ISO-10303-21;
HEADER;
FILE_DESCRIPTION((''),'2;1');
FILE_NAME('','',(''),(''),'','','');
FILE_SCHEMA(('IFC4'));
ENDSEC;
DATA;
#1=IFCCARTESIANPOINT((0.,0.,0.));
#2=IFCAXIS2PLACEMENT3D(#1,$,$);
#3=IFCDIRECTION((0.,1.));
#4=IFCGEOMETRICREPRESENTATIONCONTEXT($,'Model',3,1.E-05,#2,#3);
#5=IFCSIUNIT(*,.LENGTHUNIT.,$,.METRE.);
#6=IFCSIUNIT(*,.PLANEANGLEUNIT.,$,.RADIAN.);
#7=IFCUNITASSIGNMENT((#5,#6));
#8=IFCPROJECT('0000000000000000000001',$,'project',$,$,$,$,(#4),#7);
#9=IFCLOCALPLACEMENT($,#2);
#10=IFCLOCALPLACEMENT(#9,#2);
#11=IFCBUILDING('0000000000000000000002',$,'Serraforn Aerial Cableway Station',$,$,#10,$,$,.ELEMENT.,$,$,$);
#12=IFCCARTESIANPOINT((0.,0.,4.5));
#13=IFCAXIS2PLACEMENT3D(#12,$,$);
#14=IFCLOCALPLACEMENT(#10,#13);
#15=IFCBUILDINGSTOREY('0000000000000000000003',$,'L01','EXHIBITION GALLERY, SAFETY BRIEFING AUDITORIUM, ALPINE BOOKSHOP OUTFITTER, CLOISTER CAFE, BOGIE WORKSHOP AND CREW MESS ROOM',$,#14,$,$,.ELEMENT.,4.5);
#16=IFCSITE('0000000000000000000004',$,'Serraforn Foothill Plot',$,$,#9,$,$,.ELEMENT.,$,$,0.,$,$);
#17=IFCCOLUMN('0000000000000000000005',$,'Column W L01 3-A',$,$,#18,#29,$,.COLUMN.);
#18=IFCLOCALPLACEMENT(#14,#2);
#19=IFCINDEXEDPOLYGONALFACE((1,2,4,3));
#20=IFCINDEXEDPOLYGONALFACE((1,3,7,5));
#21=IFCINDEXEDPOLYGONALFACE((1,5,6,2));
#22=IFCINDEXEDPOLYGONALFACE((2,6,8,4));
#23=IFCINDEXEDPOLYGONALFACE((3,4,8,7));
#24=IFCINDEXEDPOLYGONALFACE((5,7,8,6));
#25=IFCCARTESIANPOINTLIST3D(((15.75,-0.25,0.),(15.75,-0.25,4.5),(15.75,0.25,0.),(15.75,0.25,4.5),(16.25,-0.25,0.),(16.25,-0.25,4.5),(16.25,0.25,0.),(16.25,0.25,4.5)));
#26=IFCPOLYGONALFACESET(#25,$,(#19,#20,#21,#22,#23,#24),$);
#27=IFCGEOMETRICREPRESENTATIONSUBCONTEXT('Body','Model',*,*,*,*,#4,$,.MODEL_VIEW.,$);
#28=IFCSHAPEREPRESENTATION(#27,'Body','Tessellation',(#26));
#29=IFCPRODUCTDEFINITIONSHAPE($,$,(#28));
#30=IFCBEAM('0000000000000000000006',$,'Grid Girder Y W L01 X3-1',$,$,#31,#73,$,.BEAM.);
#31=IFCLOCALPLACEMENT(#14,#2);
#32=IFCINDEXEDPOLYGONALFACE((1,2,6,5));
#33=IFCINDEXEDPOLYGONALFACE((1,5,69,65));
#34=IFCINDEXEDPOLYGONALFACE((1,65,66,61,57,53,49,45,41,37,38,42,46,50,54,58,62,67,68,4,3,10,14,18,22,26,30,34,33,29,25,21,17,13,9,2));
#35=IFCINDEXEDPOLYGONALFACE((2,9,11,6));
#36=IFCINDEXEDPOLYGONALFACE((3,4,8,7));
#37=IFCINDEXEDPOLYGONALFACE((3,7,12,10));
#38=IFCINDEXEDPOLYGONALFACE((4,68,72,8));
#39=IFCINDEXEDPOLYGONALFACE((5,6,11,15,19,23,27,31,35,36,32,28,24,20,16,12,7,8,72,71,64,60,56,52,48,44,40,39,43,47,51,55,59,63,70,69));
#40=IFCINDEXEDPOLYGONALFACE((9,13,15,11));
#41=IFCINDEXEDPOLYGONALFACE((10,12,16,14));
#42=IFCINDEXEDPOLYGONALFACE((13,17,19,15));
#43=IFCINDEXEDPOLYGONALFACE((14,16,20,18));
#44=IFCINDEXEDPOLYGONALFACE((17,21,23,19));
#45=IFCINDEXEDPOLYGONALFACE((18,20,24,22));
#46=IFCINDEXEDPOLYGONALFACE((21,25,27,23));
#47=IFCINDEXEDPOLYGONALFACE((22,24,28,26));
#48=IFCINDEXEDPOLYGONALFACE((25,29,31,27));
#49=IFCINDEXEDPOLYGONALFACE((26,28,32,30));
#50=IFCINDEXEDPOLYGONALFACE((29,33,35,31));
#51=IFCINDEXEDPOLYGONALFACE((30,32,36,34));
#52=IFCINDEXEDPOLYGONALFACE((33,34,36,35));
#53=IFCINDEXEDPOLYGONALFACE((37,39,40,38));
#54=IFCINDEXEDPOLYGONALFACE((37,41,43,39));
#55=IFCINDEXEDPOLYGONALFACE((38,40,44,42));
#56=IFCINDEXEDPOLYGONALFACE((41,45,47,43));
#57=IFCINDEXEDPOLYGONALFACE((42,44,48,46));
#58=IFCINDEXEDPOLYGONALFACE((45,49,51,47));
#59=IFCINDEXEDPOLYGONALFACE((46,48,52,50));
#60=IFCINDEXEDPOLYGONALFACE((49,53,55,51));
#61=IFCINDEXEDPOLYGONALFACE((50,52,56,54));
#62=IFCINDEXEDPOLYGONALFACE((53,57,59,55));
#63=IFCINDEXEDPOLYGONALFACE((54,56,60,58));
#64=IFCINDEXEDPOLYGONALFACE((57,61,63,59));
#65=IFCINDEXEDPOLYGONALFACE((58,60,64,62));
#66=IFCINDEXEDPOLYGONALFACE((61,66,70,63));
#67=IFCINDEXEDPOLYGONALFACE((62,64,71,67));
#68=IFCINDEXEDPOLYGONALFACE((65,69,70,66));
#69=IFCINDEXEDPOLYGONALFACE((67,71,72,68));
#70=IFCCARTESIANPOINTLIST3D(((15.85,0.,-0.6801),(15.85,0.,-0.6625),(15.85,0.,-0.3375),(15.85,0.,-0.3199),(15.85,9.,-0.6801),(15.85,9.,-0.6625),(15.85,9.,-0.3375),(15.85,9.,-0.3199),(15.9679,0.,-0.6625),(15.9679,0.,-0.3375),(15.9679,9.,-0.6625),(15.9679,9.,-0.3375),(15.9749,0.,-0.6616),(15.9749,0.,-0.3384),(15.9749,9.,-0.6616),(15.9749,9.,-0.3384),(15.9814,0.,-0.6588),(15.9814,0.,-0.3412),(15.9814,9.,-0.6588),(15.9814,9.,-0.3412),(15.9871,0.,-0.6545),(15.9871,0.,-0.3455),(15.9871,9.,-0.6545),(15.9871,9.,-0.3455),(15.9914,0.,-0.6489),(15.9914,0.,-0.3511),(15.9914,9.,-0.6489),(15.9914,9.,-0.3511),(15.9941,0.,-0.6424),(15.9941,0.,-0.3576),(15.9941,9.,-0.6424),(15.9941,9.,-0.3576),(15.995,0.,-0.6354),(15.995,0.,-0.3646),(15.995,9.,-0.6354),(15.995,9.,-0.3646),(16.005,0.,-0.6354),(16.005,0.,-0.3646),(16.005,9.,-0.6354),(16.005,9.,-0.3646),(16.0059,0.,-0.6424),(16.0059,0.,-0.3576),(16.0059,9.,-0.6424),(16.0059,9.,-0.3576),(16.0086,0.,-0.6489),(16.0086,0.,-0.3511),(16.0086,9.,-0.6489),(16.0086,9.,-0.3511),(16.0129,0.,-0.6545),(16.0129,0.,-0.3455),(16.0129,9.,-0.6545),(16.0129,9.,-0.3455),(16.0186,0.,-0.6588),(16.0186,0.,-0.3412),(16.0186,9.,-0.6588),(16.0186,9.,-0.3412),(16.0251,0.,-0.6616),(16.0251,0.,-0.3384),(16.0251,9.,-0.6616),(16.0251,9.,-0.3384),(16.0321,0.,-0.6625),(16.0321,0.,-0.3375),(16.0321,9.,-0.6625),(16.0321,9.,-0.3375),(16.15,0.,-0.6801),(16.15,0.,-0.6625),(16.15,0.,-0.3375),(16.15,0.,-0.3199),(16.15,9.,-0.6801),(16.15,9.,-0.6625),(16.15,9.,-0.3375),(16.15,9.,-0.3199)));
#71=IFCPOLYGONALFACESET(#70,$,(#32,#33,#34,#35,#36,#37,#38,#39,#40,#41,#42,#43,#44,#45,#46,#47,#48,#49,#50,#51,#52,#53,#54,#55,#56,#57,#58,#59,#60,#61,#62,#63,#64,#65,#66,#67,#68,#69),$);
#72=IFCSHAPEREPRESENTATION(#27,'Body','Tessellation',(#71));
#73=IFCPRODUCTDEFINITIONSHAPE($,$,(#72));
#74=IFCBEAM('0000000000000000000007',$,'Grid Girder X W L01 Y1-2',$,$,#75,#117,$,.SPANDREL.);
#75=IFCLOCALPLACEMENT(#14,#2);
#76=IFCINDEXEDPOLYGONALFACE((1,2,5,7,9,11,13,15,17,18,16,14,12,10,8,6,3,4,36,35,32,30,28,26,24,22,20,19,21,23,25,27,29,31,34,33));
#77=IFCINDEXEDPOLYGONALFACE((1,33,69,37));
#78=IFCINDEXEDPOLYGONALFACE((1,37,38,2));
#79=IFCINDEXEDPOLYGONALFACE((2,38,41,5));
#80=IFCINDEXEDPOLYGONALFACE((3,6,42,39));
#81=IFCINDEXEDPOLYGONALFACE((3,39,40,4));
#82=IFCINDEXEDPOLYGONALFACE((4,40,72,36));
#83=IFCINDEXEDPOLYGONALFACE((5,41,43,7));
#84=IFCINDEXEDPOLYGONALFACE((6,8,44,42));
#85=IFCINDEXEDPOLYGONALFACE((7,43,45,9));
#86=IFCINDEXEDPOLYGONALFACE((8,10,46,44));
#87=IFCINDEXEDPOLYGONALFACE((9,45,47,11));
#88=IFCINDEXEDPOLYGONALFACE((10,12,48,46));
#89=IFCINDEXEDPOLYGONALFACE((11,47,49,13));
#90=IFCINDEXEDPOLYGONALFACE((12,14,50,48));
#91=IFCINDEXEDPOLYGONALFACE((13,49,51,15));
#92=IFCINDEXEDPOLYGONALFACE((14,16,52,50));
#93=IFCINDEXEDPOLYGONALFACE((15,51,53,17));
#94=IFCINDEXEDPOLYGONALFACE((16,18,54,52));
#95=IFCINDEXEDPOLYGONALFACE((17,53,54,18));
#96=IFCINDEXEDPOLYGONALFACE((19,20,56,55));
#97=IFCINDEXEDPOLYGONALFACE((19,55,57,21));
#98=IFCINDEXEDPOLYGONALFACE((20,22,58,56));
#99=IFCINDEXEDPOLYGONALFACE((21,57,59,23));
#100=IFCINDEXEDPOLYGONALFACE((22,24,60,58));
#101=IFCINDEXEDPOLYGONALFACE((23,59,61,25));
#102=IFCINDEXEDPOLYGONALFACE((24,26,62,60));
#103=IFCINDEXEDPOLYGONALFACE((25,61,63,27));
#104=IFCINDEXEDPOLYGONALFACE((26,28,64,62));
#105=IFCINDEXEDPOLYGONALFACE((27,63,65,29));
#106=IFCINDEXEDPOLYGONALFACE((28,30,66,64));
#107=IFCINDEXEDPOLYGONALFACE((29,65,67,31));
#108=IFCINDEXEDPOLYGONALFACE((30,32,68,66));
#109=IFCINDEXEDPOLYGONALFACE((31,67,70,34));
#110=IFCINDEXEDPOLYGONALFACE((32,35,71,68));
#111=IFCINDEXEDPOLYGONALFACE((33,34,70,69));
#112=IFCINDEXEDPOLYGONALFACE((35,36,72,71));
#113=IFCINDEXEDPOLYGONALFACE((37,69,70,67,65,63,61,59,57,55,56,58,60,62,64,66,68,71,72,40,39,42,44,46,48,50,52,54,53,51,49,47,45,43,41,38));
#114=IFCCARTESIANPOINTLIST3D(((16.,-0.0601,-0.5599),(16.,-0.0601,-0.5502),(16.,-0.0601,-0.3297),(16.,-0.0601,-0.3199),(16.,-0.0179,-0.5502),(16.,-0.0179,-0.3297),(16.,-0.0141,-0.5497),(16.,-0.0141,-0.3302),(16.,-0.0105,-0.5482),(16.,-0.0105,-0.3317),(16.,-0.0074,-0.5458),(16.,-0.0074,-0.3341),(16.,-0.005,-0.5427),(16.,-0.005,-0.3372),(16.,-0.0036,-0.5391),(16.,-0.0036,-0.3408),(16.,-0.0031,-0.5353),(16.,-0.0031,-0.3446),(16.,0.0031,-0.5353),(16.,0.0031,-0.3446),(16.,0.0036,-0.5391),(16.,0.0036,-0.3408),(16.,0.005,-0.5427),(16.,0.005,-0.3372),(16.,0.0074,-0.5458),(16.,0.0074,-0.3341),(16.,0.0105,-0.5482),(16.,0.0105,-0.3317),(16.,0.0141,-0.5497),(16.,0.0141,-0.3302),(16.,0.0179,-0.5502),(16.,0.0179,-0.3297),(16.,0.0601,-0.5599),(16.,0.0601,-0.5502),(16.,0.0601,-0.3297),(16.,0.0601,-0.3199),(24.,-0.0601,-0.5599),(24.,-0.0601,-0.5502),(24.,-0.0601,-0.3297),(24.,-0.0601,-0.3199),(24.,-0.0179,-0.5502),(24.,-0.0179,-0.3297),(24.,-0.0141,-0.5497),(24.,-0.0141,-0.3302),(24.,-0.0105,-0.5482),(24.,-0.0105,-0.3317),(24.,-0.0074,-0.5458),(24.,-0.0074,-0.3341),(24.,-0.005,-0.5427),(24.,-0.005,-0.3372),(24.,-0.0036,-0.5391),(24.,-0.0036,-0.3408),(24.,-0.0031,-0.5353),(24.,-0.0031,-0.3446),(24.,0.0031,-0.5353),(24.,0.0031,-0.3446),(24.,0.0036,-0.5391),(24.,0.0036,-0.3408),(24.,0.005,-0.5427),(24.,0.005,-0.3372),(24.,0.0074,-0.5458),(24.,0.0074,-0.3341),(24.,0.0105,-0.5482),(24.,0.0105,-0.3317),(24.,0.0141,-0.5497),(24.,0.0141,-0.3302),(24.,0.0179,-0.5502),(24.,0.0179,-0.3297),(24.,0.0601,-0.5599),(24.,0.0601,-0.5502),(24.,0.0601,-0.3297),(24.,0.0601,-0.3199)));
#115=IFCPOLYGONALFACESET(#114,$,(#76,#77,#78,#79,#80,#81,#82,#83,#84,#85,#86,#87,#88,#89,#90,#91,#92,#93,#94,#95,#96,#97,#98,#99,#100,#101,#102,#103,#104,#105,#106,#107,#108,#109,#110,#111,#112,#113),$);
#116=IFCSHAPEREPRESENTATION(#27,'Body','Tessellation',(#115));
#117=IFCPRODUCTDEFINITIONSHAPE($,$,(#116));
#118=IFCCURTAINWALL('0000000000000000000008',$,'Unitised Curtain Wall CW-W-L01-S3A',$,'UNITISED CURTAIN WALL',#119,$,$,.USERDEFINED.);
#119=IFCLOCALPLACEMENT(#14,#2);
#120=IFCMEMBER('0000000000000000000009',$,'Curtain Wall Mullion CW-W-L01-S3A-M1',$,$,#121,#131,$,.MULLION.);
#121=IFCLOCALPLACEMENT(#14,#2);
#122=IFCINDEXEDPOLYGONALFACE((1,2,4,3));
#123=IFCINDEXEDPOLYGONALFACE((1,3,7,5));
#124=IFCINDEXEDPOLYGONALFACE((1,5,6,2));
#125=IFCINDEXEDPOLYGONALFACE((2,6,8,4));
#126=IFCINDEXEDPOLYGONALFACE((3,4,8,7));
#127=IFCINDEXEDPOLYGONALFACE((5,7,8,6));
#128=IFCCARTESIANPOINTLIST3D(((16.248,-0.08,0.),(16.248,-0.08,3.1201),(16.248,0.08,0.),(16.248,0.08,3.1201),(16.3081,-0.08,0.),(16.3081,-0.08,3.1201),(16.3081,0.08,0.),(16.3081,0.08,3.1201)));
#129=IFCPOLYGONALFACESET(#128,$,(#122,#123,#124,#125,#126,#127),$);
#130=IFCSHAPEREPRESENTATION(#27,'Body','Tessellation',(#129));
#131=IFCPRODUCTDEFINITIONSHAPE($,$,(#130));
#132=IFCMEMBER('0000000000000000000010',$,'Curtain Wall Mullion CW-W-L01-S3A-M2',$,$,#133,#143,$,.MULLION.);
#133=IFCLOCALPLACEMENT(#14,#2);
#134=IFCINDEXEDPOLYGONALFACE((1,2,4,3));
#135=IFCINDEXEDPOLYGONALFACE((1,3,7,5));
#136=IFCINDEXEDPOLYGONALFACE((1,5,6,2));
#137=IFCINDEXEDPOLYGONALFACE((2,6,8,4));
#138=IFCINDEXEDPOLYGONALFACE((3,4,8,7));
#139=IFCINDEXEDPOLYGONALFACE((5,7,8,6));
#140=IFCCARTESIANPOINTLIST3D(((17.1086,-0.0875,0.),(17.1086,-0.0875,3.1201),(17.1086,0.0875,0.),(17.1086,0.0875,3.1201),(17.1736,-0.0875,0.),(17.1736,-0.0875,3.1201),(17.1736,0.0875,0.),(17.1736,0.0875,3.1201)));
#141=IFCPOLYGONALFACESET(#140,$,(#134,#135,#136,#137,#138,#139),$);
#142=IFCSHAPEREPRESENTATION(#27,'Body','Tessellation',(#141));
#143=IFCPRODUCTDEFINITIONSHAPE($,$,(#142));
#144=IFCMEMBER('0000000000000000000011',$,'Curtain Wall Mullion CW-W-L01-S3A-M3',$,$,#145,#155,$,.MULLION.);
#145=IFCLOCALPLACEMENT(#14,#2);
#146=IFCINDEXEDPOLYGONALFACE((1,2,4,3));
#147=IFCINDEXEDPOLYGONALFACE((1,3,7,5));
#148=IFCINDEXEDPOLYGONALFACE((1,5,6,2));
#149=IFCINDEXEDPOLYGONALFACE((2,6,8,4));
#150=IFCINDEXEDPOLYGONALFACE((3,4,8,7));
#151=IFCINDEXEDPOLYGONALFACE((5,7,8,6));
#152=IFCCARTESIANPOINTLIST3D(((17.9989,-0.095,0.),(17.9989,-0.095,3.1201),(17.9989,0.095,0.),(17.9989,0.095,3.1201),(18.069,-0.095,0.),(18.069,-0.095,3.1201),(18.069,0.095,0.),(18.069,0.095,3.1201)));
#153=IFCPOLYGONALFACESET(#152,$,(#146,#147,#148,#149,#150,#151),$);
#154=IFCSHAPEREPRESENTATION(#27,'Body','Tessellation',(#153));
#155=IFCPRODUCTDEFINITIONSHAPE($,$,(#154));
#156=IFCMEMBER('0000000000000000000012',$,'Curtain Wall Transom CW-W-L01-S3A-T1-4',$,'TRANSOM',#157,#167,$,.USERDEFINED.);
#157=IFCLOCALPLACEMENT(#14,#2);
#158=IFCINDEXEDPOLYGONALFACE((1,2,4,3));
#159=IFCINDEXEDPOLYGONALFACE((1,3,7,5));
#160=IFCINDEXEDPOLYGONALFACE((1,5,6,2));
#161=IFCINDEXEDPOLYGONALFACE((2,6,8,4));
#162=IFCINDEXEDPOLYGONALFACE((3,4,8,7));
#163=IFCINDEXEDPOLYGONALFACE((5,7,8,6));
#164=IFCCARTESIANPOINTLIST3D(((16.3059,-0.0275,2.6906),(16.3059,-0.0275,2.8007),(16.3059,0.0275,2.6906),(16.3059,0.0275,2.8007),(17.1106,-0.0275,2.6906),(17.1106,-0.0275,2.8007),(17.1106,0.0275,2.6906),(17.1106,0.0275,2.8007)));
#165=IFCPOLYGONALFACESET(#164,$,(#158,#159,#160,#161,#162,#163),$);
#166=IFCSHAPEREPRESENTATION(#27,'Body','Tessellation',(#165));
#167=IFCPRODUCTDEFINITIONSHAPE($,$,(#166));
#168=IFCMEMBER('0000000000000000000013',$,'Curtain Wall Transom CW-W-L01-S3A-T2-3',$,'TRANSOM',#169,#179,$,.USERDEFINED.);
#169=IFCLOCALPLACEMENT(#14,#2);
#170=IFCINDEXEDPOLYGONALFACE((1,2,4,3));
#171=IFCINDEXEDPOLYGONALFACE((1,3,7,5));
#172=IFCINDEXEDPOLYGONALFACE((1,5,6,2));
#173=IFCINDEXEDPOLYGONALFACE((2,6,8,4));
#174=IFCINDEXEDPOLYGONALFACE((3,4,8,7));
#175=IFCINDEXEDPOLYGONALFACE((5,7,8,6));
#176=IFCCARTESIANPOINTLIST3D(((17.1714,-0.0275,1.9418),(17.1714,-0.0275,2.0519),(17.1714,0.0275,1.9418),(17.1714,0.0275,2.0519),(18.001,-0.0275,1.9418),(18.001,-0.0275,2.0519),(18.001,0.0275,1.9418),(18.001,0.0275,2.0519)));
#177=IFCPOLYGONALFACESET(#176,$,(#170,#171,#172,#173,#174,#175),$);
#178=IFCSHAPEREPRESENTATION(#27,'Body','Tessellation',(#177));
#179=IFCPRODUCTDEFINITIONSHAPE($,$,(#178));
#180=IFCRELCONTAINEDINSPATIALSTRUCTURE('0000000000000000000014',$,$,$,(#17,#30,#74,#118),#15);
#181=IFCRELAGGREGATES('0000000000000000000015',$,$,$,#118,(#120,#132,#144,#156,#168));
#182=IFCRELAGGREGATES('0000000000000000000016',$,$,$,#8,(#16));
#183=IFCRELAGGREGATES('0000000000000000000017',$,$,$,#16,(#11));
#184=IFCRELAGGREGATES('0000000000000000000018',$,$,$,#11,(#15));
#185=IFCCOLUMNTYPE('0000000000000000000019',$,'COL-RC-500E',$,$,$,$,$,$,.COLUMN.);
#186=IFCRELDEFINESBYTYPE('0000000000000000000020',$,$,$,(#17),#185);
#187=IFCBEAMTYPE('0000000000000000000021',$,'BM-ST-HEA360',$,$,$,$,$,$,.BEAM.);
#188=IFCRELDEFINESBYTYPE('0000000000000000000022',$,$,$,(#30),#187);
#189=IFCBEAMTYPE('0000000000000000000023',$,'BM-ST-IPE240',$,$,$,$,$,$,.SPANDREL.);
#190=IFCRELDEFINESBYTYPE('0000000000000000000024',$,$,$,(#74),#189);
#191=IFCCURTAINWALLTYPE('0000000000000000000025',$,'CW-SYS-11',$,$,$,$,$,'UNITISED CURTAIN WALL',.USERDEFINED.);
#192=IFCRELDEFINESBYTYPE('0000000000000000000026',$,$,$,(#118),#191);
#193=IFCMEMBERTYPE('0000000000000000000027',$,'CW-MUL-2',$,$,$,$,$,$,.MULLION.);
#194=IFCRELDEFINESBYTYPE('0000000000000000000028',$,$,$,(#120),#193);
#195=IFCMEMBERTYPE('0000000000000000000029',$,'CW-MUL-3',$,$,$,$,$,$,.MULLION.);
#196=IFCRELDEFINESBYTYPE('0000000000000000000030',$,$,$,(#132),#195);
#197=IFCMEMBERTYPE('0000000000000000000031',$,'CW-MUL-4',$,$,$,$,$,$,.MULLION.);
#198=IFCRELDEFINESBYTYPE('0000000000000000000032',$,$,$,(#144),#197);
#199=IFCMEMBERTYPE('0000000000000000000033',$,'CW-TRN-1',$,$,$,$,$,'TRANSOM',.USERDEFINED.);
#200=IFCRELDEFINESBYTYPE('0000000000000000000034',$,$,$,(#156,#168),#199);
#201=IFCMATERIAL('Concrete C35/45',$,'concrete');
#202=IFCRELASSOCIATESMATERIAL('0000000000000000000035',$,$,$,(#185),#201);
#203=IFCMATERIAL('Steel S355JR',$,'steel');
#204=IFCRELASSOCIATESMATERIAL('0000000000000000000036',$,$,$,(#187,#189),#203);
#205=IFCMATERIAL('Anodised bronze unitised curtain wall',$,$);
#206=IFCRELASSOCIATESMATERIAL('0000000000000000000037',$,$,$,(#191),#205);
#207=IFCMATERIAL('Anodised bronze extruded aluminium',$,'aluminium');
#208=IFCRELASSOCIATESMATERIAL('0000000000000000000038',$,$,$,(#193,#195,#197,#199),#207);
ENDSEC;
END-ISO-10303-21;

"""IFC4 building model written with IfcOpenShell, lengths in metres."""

from ifc_helpers import new_model, si_unit, direction, frame, origin, origin_2d, place, context, subcontext, project, spatial, rectangle, i_section, extrude, material, material_profile, profile_set, type_object, element, aggregate, save


model = new_model("IFC4")

# Units and contexts
model_context = context("Model", 3, precision=1e-05, world=origin(), true_north=direction((0.0, 1.0)))
body_context = subcontext(model_context, "Body", "Model", "MODEL_VIEW")
ifc_project = project(units=[si_unit("LENGTHUNIT", "METRE"), si_unit("PLANEANGLEUNIT", "RADIAN")], contexts=[model_context])

# Site, building, storey
site_placement = place(None, origin())
site = spatial("IfcSite", under=ifc_project, at=site_placement, Name="Serraforn Foothill Plot", CompositionType="ELEMENT", RefElevation=0.0)
building_placement = place(site_placement, origin())
building = spatial("IfcBuilding", under=site, at=building_placement, Name="Serraforn Aerial Cableway Station", CompositionType="ELEMENT")
storey_placement = place(building_placement, frame((0.0, 0.0, 4.5)))
storey = spatial("IfcBuildingStorey", under=building, at=storey_placement, Name="L01", Description="EXHIBITION GALLERY, SAFETY BRIEFING AUDITORIUM, ALPINE BOOKSHOP OUTFITTER, CLOISTER CAFE, BOGIE WORKSHOP AND CREW MESS ROOM", CompositionType="ELEMENT", Elevation=4.5)

# Column
ifc_material_1 = material(Name="Concrete C35/45", Category="concrete")
ifc_material_profile_1 = material_profile(ifc_material_1, rectangle(XDim=0.5, YDim=0.5, at=origin_2d()), Name="RC 500x500")
ifc_profile_set_1 = profile_set([ifc_material_profile_1], Name="Concrete C35/45")
column_type = type_object("IfcColumnType", Name="COL-RC-500E", PredefinedType="COLUMN", material=ifc_profile_set_1)
column_placement = place(storey_placement, frame((16.0, 0.0, 0.0), z_axis=(0.0, 0.0, 1.0), x_axis=(1.0, 0.0, 0.0)))
element("IfcColumn", 1, at=column_placement, inside=storey, type_object=column_type, Name="Column W L01 3-A", PredefinedType="COLUMN", context=body_context, shape_type="SweptSolid", body=[
    extrude(rectangle(XDim=0.5, YDim=0.5, at=origin_2d()), origin(), (0.0, 0.0, 1.0), 4.5),
])

# Beams
ifc_material_2 = material(Name="Steel S355JR", Category="steel")
ifc_material_profile_2 = material_profile(ifc_material_2, i_section(OverallWidth=0.3, OverallDepth=0.3601, WebThickness=0.01, FlangeThickness=0.0176, FilletRadius=0.0271, at=origin_2d()), Name="HEA 360")
ifc_profile_set_2 = profile_set([ifc_material_profile_2], Name="Steel S355JR")
beam_type_1 = type_object("IfcBeamType", Name="BM-ST-HEA360", PredefinedType="BEAM", material=ifc_profile_set_2)
beam_1_placement = place(storey_placement, frame((16.0, 0.0, -0.5), z_axis=(0.0, 1.0, 0.0), x_axis=(-1.0, 0.0, 0.0)))
element("IfcBeam", 2, at=beam_1_placement, inside=storey, type_object=beam_type_1, Name="Grid Girder Y W L01 X3-1", PredefinedType="BEAM", context=body_context, shape_type="SweptSolid", body=[
    extrude(i_section(OverallWidth=0.3, OverallDepth=0.3601, WebThickness=0.01, FlangeThickness=0.0176, FilletRadius=0.0271, at=origin_2d()), origin(), (0.0, 0.0, 1.0), 9.0),
])
ifc_material_profile_3 = material_profile(ifc_material_2, i_section(OverallWidth=0.1201, OverallDepth=0.24, WebThickness=0.0061, FlangeThickness=0.0098, FilletRadius=0.0149, at=origin_2d()), Name="IPE 240")
ifc_profile_set_3 = profile_set([ifc_material_profile_3], Name="Steel S355JR")
beam_type_2 = type_object("IfcBeamType", Name="BM-ST-IPE240", PredefinedType="SPANDREL", material=ifc_profile_set_3)
beam_2_placement = place(storey_placement, frame((16.0, 0.0, -0.4399), z_axis=(1.0, 0.0, 0.0), x_axis=(0.0, 1.0, 0.0)))
element("IfcBeam", 3, at=beam_2_placement, inside=storey, type_object=beam_type_2, Name="Grid Girder X W L01 Y1-2", PredefinedType="SPANDREL", context=body_context, shape_type="SweptSolid", body=[
    extrude(i_section(OverallWidth=0.1201, OverallDepth=0.24, WebThickness=0.0061, FlangeThickness=0.0098, FilletRadius=0.0149, at=origin_2d()), origin(), (0.0, 0.0, 1.0), 8.0),
])

# Curtain wall, members
ifc_material_3 = material(Name="Anodised bronze unitised curtain wall")
curtain_wall_type = type_object("IfcCurtainWallType", Name="CW-SYS-11", ElementType="UNITISED CURTAIN WALL", PredefinedType="USERDEFINED", material=ifc_material_3)
curtain_wall_placement = place(storey_placement, origin())
curtain_wall = element("IfcCurtainWall", 4, at=curtain_wall_placement, inside=storey, type_object=curtain_wall_type, Name="Unitised Curtain Wall CW-W-L01-S3A", ObjectType="UNITISED CURTAIN WALL", PredefinedType="USERDEFINED")
ifc_material_4 = material(Name="Anodised bronze extruded aluminium", Category="aluminium")
ifc_material_profile_4 = material_profile(ifc_material_4, rectangle(XDim=0.0601, YDim=0.1599, at=origin_2d()), Name="CW MULLION 60x160")
ifc_profile_set_4 = profile_set([ifc_material_profile_4], Name="Anodised bronze extruded aluminium")
member_type_1 = type_object("IfcMemberType", Name="CW-MUL-2", PredefinedType="MULLION", material=ifc_profile_set_4)
member_1_placement = place(storey_placement, frame((16.2781, 0.0, 0.0), z_axis=(0.0, 0.0, 1.0), x_axis=(1.0, 0.0, 0.0)))
member_1 = element("IfcMember", 5, at=member_1_placement, type_object=member_type_1, Name="Curtain Wall Mullion CW-W-L01-S3A-M1", PredefinedType="MULLION", context=body_context, shape_type="SweptSolid", body=[
    extrude(rectangle(XDim=0.0601, YDim=0.1599, at=origin_2d()), origin(), (0.0, 0.0, 1.0), 3.1201),
])
ifc_material_profile_5 = material_profile(ifc_material_4, rectangle(XDim=0.0649, YDim=0.175, at=origin_2d()), Name="CW MULLION 65x175")
ifc_profile_set_5 = profile_set([ifc_material_profile_5], Name="Anodised bronze extruded aluminium")
member_type_2 = type_object("IfcMemberType", Name="CW-MUL-3", PredefinedType="MULLION", material=ifc_profile_set_5)
member_2_placement = place(storey_placement, frame((17.1411, 0.0, 0.0), z_axis=(0.0, 0.0, 1.0), x_axis=(1.0, 0.0, 0.0)))
member_2 = element("IfcMember", 6, at=member_2_placement, type_object=member_type_2, Name="Curtain Wall Mullion CW-W-L01-S3A-M2", PredefinedType="MULLION", context=body_context, shape_type="SweptSolid", body=[
    extrude(rectangle(XDim=0.0649, YDim=0.175, at=origin_2d()), origin(), (0.0, 0.0, 1.0), 3.1201),
])
ifc_material_profile_6 = material_profile(ifc_material_4, rectangle(XDim=0.0701, YDim=0.1899, at=origin_2d()), Name="CW MULLION 70x190")
ifc_profile_set_6 = profile_set([ifc_material_profile_6], Name="Anodised bronze extruded aluminium")
member_type_3 = type_object("IfcMemberType", Name="CW-MUL-4", PredefinedType="MULLION", material=ifc_profile_set_6)
member_3_placement = place(storey_placement, frame((18.0339, 0.0, 0.0), z_axis=(0.0, 0.0, 1.0), x_axis=(1.0, 0.0, 0.0)))
member_3 = element("IfcMember", 7, at=member_3_placement, type_object=member_type_3, Name="Curtain Wall Mullion CW-W-L01-S3A-M3", PredefinedType="MULLION", context=body_context, shape_type="SweptSolid", body=[
    extrude(rectangle(XDim=0.0701, YDim=0.1899, at=origin_2d()), origin(), (0.0, 0.0, 1.0), 3.1201),
])
ifc_material_profile_7 = material_profile(ifc_material_4, rectangle(XDim=0.0549, YDim=0.1101, at=origin_2d()), Name="CW TRANSOM 55x110")
ifc_profile_set_7 = profile_set([ifc_material_profile_7], Name="Anodised bronze extruded aluminium")
member_type_4 = type_object("IfcMemberType", Name="CW-TRN-1", ElementType="TRANSOM", PredefinedType="USERDEFINED", material=ifc_profile_set_7)
member_4_placement = place(storey_placement, frame((16.3059, 0.0, 2.7456), z_axis=(1.0, 0.0, 0.0), x_axis=(0.0, 1.0, 0.0)))
member_4 = element("IfcMember", 8, at=member_4_placement, type_object=member_type_4, Name="Curtain Wall Transom CW-W-L01-S3A-T1-4", ObjectType="TRANSOM", PredefinedType="USERDEFINED", context=body_context, shape_type="SweptSolid", body=[
    extrude(rectangle(XDim=0.0549, YDim=0.1101, at=origin_2d()), origin(), (0.0, 0.0, 1.0), 0.8047),
])
member_5_placement = place(storey_placement, frame((17.1714, 0.0, 1.9968), z_axis=(1.0, 0.0, 0.0), x_axis=(0.0, 1.0, 0.0)))
member_5 = element("IfcMember", 9, at=member_5_placement, type_object=member_type_4, Name="Curtain Wall Transom CW-W-L01-S3A-T2-3", ObjectType="TRANSOM", PredefinedType="USERDEFINED", context=body_context, shape_type="SweptSolid", body=[
    extrude(rectangle(XDim=0.0549, YDim=0.1101, at=origin_2d()), origin(), (0.0, 0.0, 1.0), 0.8296),
])
aggregate(curtain_wall, [member_1, member_2, member_3, member_4, member_5])

save(model, "model.ifc")
